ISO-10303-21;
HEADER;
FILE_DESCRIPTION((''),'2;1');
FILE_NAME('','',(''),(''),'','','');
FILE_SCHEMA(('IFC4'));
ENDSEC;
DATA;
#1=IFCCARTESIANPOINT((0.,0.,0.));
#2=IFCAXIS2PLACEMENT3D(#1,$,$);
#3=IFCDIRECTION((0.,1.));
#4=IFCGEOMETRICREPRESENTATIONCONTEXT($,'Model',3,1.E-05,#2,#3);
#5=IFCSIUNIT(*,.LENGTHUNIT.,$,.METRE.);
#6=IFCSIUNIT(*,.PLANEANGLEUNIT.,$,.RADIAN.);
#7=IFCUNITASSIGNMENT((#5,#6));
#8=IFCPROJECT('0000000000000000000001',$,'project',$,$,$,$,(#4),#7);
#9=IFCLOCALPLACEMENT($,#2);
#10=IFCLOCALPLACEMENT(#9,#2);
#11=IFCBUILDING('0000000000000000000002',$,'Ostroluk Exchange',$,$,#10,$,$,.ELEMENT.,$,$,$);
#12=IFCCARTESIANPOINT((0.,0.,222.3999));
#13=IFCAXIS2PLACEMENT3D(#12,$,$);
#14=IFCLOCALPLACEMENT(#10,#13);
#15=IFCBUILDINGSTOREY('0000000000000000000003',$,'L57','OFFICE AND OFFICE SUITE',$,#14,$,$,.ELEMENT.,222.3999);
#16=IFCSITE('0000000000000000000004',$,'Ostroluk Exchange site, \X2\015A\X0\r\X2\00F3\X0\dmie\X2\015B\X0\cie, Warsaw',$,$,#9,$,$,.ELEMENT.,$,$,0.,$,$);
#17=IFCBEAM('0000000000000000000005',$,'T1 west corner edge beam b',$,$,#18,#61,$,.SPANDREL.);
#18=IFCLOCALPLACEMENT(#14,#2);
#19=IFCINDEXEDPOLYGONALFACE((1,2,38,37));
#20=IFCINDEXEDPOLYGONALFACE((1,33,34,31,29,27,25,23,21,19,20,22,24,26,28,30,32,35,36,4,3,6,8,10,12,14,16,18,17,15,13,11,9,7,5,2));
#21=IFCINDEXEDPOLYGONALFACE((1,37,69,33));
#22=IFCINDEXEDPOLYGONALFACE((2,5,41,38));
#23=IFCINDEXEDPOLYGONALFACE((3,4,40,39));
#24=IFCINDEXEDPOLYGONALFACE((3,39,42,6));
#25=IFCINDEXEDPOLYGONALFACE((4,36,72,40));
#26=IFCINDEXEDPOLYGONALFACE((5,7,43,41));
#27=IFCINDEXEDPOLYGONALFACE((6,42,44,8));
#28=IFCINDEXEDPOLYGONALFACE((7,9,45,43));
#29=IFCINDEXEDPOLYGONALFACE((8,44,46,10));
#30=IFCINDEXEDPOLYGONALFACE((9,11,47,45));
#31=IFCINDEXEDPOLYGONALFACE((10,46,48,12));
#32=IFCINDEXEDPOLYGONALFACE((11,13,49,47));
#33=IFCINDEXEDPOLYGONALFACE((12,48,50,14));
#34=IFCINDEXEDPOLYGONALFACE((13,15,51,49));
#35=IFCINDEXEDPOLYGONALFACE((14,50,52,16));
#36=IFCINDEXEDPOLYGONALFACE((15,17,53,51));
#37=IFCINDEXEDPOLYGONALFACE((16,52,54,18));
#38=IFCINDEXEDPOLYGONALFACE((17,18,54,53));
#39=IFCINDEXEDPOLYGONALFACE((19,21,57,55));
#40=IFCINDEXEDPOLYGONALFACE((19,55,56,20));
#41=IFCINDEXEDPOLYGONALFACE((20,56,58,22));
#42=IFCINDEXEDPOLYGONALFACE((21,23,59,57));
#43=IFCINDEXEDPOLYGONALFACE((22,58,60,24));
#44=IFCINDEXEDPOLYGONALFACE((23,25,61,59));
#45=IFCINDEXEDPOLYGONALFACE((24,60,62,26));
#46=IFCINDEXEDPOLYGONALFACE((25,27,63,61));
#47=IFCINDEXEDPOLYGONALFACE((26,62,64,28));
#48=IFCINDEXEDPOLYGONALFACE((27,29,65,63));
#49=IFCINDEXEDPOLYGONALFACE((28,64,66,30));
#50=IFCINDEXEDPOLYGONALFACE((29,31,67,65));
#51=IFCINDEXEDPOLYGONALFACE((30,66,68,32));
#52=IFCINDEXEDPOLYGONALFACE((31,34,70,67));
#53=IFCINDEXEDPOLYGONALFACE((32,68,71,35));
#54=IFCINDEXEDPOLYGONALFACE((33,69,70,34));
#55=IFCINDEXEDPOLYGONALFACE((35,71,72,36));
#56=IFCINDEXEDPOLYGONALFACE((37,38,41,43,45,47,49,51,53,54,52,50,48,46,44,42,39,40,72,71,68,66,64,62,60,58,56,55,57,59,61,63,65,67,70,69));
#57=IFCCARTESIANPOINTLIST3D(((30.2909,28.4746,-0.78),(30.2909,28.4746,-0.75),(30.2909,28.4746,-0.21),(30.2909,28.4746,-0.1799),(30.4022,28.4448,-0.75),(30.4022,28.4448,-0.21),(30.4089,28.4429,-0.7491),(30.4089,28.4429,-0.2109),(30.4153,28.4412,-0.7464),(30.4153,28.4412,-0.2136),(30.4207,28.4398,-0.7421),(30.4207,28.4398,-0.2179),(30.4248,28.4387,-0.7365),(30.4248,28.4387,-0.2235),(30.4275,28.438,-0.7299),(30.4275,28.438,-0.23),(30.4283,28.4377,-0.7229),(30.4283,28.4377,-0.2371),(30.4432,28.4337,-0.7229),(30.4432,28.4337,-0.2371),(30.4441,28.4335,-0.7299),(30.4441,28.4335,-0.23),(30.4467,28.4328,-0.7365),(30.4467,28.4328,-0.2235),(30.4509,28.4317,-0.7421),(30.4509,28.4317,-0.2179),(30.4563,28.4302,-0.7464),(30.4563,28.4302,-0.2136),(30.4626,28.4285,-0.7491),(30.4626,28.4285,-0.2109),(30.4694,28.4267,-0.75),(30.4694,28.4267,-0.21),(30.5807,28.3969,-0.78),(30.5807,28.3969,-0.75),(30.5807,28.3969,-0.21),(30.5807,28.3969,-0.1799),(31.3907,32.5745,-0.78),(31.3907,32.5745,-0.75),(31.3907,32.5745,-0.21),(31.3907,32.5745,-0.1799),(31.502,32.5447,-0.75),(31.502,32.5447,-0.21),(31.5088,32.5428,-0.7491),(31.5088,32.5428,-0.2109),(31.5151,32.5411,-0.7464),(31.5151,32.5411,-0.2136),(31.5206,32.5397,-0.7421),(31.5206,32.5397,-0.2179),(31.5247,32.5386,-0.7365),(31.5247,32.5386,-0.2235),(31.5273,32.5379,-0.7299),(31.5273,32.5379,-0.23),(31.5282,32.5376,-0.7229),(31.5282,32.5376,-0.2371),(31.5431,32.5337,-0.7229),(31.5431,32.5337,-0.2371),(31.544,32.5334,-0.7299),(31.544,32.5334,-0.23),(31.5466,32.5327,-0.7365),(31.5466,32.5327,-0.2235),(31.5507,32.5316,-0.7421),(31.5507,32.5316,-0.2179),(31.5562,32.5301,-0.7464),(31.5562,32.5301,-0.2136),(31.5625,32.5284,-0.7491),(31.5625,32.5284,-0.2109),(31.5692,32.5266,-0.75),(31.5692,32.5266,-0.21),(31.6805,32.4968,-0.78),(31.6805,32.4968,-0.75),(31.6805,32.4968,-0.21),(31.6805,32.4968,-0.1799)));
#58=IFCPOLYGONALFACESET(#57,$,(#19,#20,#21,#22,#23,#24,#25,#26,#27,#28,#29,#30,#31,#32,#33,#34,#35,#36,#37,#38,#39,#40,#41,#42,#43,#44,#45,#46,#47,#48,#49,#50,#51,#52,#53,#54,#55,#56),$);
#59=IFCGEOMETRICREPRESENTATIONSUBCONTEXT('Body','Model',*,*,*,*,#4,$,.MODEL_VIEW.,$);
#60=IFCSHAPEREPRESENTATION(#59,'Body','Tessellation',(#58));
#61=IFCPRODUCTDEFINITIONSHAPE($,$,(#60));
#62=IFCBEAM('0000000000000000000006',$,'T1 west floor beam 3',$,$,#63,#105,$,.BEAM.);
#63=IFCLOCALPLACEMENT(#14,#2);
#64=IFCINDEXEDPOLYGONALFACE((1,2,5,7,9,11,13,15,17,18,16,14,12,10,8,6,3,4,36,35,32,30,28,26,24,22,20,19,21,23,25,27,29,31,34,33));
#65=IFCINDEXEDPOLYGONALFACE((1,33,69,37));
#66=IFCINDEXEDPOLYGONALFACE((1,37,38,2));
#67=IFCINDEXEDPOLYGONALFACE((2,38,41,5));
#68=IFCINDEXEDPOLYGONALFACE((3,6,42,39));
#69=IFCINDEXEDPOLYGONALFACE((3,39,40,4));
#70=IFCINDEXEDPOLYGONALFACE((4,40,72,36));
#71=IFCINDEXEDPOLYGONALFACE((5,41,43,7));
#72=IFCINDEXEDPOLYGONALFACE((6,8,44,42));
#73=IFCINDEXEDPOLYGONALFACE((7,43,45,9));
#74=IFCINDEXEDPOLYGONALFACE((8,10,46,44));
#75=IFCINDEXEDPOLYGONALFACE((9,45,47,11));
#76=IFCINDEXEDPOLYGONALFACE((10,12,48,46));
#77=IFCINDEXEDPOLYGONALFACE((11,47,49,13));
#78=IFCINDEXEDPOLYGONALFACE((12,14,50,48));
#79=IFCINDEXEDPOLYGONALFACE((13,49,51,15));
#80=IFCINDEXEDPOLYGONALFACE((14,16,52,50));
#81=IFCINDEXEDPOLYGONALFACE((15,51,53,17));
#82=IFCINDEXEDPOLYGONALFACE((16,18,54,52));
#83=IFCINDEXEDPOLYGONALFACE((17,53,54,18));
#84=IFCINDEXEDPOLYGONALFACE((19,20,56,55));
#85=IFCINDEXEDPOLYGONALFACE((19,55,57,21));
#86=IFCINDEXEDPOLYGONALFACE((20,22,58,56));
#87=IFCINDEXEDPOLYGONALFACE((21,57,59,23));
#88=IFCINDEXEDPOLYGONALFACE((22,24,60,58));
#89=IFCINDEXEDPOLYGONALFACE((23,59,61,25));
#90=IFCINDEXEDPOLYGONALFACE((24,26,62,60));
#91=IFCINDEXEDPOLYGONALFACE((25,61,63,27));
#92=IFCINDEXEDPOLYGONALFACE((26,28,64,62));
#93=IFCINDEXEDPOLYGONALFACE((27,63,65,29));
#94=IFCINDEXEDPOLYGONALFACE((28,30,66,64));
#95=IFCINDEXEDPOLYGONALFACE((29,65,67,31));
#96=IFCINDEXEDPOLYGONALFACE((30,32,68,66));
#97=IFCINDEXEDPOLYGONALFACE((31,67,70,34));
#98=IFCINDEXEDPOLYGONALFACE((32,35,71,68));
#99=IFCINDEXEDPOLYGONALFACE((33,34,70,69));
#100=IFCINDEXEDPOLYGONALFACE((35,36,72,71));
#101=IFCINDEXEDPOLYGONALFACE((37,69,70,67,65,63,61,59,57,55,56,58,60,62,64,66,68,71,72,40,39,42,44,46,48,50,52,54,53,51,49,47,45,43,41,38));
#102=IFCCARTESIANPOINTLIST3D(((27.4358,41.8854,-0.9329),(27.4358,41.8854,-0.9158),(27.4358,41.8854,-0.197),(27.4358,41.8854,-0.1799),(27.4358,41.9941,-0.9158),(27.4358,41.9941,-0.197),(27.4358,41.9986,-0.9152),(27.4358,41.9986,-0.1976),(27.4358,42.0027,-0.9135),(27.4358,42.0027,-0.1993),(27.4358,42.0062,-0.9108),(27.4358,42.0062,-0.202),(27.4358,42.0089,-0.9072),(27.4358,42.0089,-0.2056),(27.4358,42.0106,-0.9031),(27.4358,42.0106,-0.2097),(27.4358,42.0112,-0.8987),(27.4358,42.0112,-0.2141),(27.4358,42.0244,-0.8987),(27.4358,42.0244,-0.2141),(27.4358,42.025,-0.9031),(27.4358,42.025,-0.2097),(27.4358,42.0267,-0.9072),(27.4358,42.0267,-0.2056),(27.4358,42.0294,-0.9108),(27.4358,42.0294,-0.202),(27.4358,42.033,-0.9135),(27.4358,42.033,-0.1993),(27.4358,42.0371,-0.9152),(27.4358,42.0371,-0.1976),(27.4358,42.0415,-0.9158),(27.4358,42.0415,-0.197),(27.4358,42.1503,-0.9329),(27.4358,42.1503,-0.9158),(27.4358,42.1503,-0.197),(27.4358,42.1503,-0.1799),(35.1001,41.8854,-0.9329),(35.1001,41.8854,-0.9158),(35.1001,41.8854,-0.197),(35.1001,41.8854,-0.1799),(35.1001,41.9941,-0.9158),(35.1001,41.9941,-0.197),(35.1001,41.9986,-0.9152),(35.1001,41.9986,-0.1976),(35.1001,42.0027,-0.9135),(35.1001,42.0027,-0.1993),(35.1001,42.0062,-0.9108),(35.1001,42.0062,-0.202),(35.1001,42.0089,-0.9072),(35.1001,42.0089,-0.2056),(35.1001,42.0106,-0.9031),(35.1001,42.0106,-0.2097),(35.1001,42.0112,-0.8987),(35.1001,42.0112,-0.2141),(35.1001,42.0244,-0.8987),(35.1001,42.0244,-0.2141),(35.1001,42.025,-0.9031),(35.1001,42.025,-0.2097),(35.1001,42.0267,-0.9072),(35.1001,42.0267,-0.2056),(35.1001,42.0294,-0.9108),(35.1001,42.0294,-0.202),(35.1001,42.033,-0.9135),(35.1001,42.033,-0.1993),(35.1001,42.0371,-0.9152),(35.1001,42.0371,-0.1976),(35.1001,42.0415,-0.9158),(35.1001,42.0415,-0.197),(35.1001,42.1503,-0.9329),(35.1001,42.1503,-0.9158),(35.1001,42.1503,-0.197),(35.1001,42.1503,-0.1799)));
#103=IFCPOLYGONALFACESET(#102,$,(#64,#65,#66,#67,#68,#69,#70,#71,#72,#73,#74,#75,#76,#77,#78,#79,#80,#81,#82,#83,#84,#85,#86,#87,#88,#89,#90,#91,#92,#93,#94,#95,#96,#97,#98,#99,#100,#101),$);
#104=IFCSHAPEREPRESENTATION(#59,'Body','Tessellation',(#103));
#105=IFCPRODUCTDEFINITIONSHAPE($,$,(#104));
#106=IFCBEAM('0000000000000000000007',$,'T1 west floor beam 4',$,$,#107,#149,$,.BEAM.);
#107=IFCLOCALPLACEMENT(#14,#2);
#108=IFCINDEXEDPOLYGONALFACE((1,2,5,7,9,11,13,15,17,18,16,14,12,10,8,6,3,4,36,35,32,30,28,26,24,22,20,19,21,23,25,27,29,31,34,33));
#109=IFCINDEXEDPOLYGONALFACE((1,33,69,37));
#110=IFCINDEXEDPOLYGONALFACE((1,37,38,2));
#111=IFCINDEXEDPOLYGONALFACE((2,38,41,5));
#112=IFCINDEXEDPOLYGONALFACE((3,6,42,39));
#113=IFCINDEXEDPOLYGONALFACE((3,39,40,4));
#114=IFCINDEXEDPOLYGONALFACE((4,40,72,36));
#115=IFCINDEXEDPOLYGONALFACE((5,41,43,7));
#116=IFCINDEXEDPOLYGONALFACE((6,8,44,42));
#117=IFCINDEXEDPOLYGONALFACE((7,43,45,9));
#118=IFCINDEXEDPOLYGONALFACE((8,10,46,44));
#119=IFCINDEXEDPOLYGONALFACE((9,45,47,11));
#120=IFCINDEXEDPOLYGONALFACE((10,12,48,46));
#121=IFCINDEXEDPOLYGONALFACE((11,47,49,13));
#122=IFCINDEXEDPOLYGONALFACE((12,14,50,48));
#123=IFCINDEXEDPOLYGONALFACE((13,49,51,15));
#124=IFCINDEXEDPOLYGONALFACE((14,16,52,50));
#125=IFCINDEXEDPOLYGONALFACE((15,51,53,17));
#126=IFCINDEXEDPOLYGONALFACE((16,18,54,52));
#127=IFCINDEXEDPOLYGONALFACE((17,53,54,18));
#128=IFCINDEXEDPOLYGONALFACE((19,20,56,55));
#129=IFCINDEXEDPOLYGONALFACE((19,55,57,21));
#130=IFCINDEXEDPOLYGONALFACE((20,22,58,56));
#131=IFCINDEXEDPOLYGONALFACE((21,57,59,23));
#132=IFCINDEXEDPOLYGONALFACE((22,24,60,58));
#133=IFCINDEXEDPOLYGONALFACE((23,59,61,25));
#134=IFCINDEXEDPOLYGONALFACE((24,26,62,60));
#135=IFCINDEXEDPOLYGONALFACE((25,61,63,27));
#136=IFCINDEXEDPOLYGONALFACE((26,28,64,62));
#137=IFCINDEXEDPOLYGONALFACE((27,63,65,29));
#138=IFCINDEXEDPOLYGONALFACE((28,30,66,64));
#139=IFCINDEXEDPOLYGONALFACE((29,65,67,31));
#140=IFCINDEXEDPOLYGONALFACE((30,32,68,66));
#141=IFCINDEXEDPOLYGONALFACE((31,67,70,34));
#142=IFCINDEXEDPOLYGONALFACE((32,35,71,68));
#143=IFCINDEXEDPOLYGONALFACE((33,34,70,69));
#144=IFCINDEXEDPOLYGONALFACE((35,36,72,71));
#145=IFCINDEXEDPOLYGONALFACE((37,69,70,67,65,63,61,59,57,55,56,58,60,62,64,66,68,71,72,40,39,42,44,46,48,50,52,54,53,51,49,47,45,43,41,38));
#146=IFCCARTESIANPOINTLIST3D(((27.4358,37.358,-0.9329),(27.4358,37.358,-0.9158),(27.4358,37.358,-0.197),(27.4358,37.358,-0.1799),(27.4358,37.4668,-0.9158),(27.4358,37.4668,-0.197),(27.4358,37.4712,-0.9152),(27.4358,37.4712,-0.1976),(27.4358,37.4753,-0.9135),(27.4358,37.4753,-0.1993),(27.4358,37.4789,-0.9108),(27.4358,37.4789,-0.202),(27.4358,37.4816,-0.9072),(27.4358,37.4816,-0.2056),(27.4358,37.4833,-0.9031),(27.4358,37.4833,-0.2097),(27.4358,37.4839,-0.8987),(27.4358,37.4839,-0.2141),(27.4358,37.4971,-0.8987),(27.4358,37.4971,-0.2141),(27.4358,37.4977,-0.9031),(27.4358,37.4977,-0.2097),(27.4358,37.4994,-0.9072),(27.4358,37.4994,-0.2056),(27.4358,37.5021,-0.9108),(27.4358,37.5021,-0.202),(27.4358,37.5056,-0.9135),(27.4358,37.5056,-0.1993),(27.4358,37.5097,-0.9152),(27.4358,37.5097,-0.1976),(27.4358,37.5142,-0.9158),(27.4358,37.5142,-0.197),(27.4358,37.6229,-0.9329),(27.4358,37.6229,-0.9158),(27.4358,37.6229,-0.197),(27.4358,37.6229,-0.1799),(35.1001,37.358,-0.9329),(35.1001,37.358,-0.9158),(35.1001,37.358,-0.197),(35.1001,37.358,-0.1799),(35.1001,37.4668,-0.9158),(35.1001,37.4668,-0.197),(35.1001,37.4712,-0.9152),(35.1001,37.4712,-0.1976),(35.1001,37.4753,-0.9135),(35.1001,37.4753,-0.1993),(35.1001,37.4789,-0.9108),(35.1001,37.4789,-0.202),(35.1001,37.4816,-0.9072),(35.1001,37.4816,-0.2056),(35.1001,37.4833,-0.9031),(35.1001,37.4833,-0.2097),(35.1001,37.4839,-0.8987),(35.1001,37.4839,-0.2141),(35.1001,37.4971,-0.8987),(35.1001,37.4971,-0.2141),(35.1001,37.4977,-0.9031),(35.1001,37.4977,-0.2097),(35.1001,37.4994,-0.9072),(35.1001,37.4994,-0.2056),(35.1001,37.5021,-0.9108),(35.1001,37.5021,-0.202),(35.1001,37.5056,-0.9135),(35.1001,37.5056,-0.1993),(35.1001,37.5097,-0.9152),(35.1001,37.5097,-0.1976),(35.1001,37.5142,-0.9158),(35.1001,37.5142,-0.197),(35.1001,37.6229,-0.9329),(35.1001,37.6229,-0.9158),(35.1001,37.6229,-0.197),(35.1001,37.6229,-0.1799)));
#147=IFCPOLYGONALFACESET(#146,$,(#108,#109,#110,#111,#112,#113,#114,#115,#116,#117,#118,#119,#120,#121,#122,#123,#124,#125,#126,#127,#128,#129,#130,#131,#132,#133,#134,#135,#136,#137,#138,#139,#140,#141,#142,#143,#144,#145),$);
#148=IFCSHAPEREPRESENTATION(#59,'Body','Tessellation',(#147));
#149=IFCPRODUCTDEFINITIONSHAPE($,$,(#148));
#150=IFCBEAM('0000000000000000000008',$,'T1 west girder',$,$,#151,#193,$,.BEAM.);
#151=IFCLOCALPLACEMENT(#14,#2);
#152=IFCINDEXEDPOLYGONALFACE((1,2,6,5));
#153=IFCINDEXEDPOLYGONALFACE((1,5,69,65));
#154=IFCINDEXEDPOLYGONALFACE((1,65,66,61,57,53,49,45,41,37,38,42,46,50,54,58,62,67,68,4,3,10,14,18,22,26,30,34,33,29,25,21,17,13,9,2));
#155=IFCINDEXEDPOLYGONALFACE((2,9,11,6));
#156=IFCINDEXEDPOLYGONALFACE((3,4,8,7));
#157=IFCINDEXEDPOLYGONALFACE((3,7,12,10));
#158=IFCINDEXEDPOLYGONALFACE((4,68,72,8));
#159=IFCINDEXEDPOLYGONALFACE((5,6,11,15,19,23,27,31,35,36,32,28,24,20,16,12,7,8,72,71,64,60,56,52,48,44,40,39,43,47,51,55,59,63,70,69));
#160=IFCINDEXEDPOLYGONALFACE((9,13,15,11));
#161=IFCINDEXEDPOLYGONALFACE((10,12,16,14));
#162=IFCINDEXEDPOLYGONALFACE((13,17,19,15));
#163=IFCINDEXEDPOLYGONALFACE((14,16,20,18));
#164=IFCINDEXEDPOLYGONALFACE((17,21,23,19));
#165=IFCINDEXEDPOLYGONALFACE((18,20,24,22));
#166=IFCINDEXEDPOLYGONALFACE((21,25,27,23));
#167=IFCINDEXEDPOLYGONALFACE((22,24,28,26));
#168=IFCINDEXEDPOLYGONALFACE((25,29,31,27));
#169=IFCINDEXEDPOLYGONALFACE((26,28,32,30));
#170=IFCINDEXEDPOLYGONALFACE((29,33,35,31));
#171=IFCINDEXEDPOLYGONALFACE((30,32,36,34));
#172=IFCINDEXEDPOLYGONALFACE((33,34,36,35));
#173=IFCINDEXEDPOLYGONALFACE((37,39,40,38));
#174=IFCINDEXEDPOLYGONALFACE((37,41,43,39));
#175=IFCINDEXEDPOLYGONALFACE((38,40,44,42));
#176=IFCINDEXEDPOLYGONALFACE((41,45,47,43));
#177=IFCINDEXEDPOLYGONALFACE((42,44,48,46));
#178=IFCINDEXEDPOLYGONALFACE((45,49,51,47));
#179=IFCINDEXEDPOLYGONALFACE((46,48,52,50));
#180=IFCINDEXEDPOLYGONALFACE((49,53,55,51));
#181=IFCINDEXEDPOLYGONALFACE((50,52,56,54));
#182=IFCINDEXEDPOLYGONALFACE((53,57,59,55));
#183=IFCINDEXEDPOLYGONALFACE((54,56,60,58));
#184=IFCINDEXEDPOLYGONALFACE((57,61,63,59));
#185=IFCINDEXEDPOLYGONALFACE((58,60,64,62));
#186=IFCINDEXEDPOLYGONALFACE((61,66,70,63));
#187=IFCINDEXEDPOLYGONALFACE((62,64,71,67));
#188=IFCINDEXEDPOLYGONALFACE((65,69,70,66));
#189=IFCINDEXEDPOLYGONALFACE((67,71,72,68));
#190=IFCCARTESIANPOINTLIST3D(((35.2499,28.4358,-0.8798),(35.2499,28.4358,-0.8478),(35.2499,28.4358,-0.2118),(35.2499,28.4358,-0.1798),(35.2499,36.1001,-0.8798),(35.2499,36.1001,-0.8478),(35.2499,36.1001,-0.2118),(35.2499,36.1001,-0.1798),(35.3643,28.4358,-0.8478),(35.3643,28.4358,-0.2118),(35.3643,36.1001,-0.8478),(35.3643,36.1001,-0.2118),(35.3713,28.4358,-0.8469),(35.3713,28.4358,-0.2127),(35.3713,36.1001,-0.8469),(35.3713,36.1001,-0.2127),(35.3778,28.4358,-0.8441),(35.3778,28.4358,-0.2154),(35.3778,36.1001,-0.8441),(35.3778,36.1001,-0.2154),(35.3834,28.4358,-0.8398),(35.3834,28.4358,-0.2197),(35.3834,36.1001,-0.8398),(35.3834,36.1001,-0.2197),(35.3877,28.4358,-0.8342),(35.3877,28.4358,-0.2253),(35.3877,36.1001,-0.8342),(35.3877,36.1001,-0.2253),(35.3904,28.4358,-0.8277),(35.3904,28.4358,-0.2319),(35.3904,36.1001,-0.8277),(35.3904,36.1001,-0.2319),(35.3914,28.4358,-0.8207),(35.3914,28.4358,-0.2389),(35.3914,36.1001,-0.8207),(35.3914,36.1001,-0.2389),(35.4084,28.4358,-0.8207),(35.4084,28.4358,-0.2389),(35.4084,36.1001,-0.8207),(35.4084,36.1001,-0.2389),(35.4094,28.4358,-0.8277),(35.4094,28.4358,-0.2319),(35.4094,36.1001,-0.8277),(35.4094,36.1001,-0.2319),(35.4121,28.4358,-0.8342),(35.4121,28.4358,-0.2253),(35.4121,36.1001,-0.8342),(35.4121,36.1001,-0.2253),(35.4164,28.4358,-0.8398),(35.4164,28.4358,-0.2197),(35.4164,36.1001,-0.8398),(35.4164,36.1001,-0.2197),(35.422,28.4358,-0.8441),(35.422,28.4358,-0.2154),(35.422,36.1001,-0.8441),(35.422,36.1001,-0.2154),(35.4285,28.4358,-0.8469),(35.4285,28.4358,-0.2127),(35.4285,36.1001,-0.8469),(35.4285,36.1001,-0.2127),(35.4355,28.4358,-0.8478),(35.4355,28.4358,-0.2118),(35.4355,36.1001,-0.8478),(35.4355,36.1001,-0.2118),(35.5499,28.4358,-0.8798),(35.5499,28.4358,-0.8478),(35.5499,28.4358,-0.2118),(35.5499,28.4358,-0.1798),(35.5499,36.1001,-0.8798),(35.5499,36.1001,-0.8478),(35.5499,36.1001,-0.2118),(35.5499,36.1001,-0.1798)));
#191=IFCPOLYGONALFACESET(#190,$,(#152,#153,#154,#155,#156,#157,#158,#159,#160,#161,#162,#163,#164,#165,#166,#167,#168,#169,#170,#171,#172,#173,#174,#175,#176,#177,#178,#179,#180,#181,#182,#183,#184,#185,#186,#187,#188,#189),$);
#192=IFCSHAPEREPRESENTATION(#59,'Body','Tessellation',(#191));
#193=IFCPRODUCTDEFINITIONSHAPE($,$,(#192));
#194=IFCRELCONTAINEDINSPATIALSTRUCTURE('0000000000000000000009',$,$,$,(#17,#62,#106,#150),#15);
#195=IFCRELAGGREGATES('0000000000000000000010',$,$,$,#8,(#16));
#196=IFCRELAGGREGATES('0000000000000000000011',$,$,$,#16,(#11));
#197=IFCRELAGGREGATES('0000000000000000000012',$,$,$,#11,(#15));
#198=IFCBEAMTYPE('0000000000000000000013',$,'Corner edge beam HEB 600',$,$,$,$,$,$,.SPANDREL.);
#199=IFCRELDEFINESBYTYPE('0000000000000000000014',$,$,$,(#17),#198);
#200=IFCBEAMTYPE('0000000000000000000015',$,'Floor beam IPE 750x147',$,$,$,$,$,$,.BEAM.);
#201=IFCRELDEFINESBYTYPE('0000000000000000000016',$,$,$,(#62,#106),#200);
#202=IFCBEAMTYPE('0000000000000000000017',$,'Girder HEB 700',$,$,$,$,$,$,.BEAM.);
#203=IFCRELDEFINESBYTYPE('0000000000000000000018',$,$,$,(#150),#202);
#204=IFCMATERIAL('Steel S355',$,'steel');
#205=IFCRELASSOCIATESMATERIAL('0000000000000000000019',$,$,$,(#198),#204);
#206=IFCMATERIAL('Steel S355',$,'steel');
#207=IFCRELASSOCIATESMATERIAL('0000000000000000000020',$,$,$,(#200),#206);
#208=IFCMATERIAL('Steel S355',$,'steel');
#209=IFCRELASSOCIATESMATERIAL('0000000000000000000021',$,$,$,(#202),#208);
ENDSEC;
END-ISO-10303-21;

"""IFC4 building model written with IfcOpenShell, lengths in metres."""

from ifc_helpers import new_model, si_unit, direction, frame, origin, origin_2d, place, context, subcontext, project, spatial, i_section, extrude, material, material_profile, profile_set, type_object, element, save


model = new_model("IFC4")

# Units and contexts
model_context = context("Model", 3, precision=1e-05, world=origin(), true_north=direction((0.0, 1.0)))
body_context = subcontext(model_context, "Body", "Model", "MODEL_VIEW")
ifc_project = project(units=[si_unit("LENGTHUNIT", "METRE"), si_unit("PLANEANGLEUNIT", "RADIAN")], contexts=[model_context])

# Site, building, storey
site_placement = place(None, origin())
site = spatial("IfcSite", under=ifc_project, at=site_placement, Name="Ostroluk Exchange site, Śródmieście, Warsaw", CompositionType="ELEMENT", RefElevation=0.0)
building_placement = place(site_placement, origin())
building = spatial("IfcBuilding", under=site, at=building_placement, Name="Ostroluk Exchange", CompositionType="ELEMENT")
storey_placement = place(building_placement, frame((0.0, 0.0, 222.3999)))
storey = spatial("IfcBuildingStorey", under=building, at=storey_placement, Name="L57", Description="OFFICE AND OFFICE SUITE", CompositionType="ELEMENT", Elevation=222.3999)

# Beams
ifc_material_1 = material(Name="Steel S355", Category="steel")
ifc_material_profile_1 = material_profile(ifc_material_1, i_section(OverallWidth=0.3, OverallDepth=0.6001, WebThickness=0.0154, FlangeThickness=0.03, FilletRadius=0.0271, at=origin_2d()), Name="HEB 600")
ifc_profile_set_1 = profile_set([ifc_material_profile_1], Name="Steel S355")
beam_type_1 = type_object("IfcBeamType", Name="Corner edge beam HEB 600", PredefinedType="SPANDREL", material=ifc_profile_set_1)
for number, where, z_axis, x_axis, name in (
    (1, (31.5356, 32.5356, -0.48), (-0.259105, -0.965849, 0.0), (0.965849, -0.259105, 0.0), "T1 west corner edge beam b"),
):
    element("IfcBeam", number, at=place(storey_placement, frame(where, z_axis=z_axis, x_axis=x_axis)), inside=storey, type_object=beam_type_1, Name=name, PredefinedType="SPANDREL", context=body_context, shape_type="SweptSolid", body=[
        extrude(i_section(OverallWidth=0.3, OverallDepth=0.6001, WebThickness=0.0154, FlangeThickness=0.03, FilletRadius=0.0271, at=origin_2d()), origin(), (0.0, 0.0, 1.0), 4.2449),
    ])
ifc_material_2 = material(Name="Steel S355", Category="steel")
ifc_material_profile_2 = material_profile(ifc_material_2, i_section(OverallWidth=0.2649, OverallDepth=0.7529, WebThickness=0.0132, FlangeThickness=0.0171, FilletRadius=0.0171, at=origin_2d()), Name="IPE 750x147")
ifc_profile_set_2 = profile_set([ifc_material_profile_2], Name="Steel S355")
beam_type_2 = type_object("IfcBeamType", Name="Floor beam IPE 750x147", PredefinedType="BEAM", material=ifc_profile_set_2)
for number, where, z_axis, x_axis, name in (
    (2, (35.1001, 42.0178, -0.5564), (-1.0, 0.0, 0.0), (0.0, -1.0, 0.0), "T1 west floor beam 3"),
    (3, (35.1001, 37.4905, -0.5564), (-1.0, 0.0, 0.0), (0.0, -1.0, 0.0), "T1 west floor beam 4"),
):
    element("IfcBeam", number, at=place(storey_placement, frame(where, z_axis=z_axis, x_axis=x_axis)), inside=storey, type_object=beam_type_2, Name=name, PredefinedType="BEAM", context=body_context, shape_type="SweptSolid", body=[
        extrude(i_section(OverallWidth=0.2649, OverallDepth=0.7529, WebThickness=0.0132, FlangeThickness=0.0171, FilletRadius=0.0171, at=origin_2d()), origin(), (0.0, 0.0, 1.0), 7.6643),
    ])
ifc_material_3 = material(Name="Steel S355", Category="steel")
ifc_material_profile_3 = material_profile(ifc_material_3, i_section(OverallWidth=0.3, OverallDepth=0.7, WebThickness=0.0171, FlangeThickness=0.032, FilletRadius=0.0271, at=origin_2d()), Name="HEB 700")
ifc_profile_set_3 = profile_set([ifc_material_profile_3], Name="Steel S355")
beam_type_3 = type_object("IfcBeamType", Name="Girder HEB 700", PredefinedType="BEAM", material=ifc_profile_set_3)
beam_1_placement = place(storey_placement, frame((35.3999, 36.1001, -0.5298), z_axis=(0.0, -1.0, 0.0), x_axis=(1.0, 0.0, 0.0)))
element("IfcBeam", 4, at=beam_1_placement, inside=storey, type_object=beam_type_3, Name="T1 west girder", PredefinedType="BEAM", context=body_context, shape_type="SweptSolid", body=[
    extrude(i_section(OverallWidth=0.3, OverallDepth=0.7, WebThickness=0.0171, FlangeThickness=0.032, FilletRadius=0.0271, at=origin_2d()), origin(), (0.0, 0.0, 1.0), 7.6643),
])

save(model, "model.ifc")
